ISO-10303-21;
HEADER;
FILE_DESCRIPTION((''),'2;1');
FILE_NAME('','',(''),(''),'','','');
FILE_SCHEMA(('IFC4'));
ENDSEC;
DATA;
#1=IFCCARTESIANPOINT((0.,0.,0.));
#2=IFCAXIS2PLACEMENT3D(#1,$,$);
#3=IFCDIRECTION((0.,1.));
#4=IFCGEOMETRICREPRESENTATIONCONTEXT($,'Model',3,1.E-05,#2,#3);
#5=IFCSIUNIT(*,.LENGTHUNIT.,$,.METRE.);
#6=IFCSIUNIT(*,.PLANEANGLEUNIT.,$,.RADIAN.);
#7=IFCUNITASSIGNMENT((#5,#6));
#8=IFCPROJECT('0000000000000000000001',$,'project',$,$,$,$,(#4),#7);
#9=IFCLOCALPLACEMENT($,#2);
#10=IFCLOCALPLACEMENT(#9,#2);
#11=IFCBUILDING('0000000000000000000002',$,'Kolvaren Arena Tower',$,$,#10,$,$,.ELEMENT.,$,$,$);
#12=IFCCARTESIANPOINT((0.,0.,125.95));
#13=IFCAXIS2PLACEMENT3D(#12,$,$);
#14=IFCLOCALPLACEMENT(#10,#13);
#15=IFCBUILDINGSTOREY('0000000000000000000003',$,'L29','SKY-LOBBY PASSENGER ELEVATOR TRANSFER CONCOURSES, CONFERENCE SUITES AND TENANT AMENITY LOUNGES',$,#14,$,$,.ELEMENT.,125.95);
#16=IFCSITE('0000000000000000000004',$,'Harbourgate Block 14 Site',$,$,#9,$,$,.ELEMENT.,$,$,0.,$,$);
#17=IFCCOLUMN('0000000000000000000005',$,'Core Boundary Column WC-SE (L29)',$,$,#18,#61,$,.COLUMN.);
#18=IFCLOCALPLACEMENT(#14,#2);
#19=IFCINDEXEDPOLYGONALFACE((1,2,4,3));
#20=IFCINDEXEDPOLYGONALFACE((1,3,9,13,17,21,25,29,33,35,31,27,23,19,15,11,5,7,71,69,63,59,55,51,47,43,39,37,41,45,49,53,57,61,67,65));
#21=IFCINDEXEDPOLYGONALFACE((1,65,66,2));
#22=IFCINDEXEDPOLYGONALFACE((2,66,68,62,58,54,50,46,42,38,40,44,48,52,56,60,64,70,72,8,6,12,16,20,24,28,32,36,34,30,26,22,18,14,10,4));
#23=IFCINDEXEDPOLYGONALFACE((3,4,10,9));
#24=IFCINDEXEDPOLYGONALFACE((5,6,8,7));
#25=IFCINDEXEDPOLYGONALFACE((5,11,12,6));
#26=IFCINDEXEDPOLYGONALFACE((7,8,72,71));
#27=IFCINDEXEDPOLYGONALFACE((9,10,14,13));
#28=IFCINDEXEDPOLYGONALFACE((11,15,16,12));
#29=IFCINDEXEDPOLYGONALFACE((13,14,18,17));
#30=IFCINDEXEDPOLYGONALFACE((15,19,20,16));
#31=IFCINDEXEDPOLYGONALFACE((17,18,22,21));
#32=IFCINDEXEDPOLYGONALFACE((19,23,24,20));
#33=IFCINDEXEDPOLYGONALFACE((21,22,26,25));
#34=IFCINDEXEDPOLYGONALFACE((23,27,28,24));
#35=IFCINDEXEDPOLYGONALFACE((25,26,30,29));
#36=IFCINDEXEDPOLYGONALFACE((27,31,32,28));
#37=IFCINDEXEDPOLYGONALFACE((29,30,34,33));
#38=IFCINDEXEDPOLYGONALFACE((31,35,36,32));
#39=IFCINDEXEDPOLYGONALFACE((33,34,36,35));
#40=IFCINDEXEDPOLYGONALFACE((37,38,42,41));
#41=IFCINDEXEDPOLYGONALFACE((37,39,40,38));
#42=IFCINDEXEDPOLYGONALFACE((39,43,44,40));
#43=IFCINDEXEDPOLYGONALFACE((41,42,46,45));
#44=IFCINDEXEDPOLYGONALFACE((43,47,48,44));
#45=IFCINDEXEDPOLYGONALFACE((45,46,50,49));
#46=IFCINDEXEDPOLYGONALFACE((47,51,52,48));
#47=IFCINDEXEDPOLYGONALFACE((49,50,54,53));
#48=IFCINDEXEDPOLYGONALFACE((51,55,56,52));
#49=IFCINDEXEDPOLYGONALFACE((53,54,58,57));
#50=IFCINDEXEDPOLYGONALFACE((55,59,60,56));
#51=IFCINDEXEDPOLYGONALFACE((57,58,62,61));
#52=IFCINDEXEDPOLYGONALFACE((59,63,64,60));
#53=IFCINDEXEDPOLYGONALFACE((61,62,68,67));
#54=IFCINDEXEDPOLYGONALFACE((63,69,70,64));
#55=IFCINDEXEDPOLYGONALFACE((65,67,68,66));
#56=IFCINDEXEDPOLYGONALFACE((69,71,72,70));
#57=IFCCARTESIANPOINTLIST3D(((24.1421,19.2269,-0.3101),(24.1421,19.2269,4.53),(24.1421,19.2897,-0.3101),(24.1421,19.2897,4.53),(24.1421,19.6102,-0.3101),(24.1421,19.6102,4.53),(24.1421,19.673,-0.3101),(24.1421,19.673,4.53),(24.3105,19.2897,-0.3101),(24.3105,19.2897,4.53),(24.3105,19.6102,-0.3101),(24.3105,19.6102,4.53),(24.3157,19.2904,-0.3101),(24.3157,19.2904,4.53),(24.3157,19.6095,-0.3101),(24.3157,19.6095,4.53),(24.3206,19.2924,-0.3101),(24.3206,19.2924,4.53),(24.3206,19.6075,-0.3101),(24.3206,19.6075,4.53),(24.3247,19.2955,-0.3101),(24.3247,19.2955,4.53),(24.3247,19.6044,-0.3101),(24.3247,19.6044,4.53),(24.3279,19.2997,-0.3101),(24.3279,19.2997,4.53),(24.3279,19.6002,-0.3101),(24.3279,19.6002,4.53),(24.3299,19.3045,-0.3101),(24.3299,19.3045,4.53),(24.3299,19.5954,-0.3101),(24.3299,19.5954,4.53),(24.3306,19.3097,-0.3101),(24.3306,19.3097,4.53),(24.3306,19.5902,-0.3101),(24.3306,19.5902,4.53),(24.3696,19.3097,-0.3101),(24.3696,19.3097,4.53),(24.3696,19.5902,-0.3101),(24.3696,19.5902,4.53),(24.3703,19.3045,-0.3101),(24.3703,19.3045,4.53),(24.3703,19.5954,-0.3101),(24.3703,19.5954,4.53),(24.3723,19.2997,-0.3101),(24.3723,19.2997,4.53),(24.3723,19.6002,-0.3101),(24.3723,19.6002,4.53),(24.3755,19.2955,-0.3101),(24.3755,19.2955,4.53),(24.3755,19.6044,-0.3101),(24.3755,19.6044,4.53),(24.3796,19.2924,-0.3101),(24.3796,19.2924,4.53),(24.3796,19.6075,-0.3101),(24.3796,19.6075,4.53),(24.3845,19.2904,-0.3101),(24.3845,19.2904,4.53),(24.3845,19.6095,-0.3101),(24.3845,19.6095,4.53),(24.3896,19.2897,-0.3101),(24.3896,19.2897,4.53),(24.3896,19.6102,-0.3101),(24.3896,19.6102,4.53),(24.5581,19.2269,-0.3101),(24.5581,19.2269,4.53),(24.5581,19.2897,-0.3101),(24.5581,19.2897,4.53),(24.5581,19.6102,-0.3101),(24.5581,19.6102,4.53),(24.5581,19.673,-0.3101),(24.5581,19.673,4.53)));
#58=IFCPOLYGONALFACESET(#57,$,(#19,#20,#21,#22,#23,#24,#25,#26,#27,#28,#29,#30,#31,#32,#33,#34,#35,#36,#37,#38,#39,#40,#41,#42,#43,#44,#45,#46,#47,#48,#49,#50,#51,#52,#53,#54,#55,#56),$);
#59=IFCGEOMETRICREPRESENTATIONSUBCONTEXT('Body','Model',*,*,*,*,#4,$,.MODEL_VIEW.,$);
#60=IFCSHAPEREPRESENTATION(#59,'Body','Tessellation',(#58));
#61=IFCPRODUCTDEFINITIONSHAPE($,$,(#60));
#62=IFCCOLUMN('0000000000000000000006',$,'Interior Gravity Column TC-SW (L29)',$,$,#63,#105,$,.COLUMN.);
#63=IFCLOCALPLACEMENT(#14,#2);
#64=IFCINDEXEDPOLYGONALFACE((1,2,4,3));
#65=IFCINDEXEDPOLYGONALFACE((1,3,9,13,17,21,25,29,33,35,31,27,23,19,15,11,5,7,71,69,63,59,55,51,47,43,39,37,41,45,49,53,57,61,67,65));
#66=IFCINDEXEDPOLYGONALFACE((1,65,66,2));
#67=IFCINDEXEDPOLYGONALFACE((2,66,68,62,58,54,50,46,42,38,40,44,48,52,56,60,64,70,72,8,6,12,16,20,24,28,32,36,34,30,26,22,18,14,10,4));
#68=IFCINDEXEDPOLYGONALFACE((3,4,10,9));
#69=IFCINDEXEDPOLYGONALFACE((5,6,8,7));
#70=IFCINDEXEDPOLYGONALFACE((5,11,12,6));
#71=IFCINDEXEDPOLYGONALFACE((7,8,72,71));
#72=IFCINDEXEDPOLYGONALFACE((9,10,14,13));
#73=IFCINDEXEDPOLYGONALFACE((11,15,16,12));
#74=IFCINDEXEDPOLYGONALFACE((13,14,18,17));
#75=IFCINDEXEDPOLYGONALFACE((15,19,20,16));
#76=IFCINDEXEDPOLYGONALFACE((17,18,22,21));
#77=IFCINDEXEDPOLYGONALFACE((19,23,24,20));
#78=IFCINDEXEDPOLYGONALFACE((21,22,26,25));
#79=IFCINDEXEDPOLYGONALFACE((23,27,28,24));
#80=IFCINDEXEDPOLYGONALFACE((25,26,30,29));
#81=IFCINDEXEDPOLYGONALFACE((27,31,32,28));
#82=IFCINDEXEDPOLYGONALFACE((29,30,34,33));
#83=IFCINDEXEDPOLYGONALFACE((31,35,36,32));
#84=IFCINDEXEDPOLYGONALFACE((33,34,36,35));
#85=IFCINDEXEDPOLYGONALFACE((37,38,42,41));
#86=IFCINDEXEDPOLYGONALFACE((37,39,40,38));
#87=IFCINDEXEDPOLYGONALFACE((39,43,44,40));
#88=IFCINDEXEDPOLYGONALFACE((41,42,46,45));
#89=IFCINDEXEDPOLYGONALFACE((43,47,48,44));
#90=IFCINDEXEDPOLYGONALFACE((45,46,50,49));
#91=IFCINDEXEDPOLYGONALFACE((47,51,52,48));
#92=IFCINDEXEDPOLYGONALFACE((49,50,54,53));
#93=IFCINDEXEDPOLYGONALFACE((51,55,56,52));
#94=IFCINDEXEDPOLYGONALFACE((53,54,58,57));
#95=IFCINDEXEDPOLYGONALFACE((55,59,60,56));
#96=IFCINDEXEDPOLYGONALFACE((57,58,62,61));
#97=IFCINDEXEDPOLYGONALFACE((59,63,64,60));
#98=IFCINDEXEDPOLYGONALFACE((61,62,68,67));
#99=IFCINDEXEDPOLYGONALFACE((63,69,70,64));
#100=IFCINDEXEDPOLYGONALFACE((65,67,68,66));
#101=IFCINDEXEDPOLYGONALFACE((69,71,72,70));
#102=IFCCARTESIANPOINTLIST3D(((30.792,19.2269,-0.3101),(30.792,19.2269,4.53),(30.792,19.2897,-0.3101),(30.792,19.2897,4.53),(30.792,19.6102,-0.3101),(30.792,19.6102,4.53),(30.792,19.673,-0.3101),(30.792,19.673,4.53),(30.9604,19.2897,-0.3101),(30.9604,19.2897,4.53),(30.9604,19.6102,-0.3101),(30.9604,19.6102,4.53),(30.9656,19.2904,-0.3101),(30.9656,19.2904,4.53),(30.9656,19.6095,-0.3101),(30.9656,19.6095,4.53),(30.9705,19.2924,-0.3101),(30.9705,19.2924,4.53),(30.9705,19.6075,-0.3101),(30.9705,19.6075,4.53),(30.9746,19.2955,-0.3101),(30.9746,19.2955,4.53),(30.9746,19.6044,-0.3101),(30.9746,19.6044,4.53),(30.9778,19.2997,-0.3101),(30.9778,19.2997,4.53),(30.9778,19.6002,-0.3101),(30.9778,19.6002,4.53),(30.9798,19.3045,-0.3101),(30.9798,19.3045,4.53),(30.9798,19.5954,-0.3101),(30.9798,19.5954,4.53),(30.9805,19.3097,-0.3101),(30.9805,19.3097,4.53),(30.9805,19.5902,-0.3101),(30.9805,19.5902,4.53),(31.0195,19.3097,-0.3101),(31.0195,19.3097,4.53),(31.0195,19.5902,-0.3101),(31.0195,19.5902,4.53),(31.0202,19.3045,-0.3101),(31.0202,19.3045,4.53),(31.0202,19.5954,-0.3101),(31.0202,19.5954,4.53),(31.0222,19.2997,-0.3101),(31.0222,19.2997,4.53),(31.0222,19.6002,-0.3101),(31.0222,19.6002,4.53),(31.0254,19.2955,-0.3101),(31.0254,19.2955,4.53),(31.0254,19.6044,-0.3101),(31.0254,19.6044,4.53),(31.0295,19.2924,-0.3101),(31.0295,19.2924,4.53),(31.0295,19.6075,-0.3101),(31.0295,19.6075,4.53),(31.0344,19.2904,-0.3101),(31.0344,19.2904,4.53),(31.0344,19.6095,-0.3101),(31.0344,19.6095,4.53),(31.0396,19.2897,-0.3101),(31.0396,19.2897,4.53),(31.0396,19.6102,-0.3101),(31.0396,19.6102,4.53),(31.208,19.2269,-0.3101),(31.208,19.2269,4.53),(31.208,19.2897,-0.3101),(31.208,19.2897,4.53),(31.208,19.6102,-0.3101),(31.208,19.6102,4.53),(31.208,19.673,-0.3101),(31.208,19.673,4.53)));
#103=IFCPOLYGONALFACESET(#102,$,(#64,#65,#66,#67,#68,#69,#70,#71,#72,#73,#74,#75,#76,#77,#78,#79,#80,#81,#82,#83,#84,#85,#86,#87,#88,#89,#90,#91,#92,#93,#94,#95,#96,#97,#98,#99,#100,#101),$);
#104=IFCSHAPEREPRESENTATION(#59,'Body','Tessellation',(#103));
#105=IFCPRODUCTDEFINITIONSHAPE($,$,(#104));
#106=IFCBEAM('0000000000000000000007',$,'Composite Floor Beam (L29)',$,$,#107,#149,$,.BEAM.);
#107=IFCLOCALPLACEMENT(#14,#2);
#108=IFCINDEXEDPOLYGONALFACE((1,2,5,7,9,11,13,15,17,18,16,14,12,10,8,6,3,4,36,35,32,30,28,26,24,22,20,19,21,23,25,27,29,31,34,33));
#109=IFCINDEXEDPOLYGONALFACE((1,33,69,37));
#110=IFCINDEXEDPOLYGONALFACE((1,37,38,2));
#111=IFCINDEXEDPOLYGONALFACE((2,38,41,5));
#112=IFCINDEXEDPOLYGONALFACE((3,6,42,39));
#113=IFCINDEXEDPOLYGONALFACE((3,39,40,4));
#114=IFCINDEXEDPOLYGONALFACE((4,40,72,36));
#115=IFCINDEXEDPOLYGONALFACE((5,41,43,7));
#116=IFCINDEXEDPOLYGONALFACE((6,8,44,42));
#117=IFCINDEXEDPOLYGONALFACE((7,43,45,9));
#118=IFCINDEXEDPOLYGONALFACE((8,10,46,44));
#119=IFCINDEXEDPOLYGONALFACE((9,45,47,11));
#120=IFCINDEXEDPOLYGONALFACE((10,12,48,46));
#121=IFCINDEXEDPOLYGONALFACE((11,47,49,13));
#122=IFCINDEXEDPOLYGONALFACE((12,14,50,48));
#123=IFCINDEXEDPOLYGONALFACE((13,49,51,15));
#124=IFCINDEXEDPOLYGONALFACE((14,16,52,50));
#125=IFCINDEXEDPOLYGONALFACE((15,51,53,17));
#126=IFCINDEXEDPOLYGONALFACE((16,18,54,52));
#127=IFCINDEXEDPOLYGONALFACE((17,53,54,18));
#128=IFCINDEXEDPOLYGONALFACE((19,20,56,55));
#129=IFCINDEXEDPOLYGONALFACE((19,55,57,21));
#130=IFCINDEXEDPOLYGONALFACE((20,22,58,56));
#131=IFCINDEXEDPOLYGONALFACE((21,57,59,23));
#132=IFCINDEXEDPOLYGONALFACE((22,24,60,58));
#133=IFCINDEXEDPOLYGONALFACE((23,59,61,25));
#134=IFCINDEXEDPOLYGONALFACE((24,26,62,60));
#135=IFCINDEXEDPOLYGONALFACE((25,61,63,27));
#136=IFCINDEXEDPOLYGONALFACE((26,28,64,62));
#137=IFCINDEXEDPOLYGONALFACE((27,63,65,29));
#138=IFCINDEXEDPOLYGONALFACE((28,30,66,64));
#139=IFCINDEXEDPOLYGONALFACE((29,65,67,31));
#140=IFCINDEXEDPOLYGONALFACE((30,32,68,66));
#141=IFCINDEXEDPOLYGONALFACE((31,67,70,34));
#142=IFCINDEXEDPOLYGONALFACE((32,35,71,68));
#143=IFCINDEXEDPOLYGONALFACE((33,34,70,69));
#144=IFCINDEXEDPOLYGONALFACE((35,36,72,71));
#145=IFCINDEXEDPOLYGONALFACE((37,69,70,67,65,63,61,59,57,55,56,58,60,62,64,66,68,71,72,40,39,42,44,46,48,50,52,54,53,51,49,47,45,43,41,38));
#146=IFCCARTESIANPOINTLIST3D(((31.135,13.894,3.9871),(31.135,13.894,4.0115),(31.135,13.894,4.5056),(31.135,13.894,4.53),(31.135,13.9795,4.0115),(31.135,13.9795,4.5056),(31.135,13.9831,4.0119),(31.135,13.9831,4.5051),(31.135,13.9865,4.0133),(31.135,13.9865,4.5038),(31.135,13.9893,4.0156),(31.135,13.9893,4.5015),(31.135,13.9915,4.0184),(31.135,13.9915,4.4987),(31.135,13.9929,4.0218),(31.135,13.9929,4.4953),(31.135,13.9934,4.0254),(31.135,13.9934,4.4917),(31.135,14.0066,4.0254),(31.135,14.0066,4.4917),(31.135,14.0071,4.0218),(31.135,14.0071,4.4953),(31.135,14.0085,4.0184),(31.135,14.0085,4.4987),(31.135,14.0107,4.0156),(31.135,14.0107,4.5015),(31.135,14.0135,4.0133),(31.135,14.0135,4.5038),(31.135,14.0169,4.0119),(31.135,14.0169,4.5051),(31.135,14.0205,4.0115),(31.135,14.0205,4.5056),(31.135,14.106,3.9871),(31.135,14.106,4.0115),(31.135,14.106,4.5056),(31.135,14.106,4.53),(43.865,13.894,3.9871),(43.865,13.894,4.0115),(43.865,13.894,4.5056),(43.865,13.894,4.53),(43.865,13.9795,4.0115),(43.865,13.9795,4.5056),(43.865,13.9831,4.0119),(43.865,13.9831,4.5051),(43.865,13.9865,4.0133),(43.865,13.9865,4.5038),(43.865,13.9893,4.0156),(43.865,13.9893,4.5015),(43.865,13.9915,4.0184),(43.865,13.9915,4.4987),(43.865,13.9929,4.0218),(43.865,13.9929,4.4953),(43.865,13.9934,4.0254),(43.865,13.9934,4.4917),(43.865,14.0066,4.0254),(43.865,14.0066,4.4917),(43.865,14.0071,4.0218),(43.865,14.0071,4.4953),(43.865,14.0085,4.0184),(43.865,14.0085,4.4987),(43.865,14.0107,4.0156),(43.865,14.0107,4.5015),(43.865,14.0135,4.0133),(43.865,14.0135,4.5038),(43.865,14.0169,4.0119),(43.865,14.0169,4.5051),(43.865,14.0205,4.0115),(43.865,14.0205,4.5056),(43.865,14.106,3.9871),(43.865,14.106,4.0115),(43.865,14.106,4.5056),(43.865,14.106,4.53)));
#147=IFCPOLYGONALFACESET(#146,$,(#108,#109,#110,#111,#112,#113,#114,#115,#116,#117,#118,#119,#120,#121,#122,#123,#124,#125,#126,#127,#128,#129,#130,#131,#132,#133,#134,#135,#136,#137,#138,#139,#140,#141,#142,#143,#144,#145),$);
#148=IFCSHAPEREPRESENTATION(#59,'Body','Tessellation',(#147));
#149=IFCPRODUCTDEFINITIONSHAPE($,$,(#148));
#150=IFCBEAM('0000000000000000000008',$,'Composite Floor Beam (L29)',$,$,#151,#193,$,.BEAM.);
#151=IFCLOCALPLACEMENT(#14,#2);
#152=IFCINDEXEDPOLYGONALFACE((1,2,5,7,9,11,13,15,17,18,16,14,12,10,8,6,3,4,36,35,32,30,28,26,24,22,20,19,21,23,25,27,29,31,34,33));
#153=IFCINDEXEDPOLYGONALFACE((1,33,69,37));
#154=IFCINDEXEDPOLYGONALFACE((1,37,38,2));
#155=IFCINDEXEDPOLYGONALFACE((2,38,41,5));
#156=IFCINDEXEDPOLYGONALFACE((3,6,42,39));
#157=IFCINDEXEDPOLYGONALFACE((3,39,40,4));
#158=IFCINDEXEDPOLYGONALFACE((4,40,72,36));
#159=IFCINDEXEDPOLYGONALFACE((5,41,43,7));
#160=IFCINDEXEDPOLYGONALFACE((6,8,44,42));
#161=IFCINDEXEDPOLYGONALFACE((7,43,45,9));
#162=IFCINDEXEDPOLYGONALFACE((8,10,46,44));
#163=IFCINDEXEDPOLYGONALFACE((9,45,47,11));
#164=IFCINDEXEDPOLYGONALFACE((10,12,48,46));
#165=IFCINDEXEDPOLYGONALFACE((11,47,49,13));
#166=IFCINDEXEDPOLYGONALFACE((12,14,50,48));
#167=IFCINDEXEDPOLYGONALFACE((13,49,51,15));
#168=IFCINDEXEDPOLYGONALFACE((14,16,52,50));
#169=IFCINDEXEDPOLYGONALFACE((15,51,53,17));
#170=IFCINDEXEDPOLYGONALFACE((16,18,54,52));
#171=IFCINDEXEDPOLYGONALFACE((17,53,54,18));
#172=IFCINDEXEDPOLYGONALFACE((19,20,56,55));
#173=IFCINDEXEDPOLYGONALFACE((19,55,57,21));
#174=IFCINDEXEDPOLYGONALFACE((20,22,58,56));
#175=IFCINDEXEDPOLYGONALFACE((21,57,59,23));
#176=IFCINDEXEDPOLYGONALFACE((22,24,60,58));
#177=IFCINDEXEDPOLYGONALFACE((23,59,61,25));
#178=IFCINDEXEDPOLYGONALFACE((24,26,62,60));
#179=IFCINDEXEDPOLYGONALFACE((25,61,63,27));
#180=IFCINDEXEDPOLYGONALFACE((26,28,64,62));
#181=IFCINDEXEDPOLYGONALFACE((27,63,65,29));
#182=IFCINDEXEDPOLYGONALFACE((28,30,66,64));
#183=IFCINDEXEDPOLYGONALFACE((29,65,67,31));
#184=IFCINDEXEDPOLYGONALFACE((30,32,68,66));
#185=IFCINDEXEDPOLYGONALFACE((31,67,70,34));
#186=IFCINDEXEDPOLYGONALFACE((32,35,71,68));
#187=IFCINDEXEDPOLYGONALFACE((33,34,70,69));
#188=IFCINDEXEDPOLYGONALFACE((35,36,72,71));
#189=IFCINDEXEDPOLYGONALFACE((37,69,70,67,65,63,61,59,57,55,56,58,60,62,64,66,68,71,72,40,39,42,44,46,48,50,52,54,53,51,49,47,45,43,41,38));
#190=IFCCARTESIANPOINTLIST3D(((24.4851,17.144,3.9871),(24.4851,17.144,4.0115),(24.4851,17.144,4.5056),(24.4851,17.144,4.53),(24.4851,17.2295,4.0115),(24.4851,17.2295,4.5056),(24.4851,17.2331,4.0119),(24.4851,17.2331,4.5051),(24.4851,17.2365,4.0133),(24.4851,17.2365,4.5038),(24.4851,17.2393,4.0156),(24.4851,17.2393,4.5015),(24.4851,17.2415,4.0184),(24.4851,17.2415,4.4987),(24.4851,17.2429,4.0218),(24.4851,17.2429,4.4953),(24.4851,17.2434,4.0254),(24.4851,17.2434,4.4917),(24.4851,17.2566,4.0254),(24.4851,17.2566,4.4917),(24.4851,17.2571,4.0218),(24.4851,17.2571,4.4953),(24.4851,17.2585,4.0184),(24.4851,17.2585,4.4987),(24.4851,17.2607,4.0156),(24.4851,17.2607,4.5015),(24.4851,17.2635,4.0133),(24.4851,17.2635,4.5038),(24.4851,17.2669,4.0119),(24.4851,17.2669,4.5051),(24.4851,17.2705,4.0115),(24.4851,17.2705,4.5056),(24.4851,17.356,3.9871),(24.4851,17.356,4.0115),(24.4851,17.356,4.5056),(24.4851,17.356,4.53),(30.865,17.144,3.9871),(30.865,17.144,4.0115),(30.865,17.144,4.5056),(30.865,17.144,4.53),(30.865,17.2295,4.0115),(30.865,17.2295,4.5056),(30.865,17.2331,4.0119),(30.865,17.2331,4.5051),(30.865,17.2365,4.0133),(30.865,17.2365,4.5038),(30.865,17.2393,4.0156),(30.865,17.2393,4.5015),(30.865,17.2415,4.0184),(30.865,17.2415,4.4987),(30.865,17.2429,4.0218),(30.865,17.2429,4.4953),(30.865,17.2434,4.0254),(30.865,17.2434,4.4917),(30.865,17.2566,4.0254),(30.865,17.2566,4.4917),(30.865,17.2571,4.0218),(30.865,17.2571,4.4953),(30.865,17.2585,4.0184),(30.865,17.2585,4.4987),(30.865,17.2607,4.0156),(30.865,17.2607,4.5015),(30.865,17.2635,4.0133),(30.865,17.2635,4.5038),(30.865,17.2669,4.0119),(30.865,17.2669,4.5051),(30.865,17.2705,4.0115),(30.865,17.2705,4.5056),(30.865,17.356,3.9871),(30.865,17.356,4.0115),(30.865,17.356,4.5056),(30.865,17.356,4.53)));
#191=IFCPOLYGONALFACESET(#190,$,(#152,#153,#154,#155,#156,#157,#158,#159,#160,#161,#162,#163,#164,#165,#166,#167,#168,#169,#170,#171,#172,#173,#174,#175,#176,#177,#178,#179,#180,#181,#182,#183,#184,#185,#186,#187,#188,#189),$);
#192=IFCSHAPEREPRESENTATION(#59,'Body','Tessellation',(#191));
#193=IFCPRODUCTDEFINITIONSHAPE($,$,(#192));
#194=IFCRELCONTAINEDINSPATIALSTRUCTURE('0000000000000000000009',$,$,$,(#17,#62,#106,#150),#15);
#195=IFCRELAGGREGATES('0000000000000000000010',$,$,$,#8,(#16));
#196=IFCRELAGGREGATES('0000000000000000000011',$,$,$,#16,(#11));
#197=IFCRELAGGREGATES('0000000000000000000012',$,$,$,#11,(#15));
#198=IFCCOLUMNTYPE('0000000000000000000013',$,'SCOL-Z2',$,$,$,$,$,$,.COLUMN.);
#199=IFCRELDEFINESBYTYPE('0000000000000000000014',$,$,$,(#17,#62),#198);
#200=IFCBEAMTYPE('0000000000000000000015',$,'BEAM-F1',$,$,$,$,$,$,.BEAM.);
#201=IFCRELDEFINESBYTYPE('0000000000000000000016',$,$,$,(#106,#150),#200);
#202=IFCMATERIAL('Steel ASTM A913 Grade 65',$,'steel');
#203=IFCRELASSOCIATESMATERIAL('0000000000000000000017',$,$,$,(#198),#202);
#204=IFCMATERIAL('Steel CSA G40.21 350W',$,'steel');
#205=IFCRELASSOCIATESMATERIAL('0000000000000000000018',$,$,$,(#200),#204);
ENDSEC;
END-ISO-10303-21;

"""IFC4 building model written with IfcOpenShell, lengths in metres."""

from ifc_helpers import new_model, si_unit, direction, frame, origin, origin_2d, place, context, subcontext, project, spatial, i_section, extrude, material, material_profile, profile_set, type_object, element, save


model = new_model("IFC4")

# Units and contexts
model_context = context("Model", 3, precision=1e-05, world=origin(), true_north=direction((0.0, 1.0)))
body_context = subcontext(model_context, "Body", "Model", "MODEL_VIEW")
ifc_project = project(units=[si_unit("LENGTHUNIT", "METRE"), si_unit("PLANEANGLEUNIT", "RADIAN")], contexts=[model_context])

# Site, building, storey
site_placement = place(None, origin())
site = spatial("IfcSite", under=ifc_project, at=site_placement, Name="Harbourgate Block 14 Site", CompositionType="ELEMENT", RefElevation=0.0)
building_placement = place(site_placement, origin())
building = spatial("IfcBuilding", under=site, at=building_placement, Name="Kolvaren Arena Tower", CompositionType="ELEMENT")
storey_placement = place(building_placement, frame((0.0, 0.0, 125.95)))
storey = spatial("IfcBuildingStorey", under=building, at=storey_placement, Name="L29", Description="SKY-LOBBY PASSENGER ELEVATOR TRANSFER CONCOURSES, CONFERENCE SUITES AND TENANT AMENITY LOUNGES", CompositionType="ELEMENT", Elevation=125.95)

# Columns
ifc_material_1 = material(Name="Steel ASTM A913 Grade 65", Category="steel")
ifc_material_profile_1 = material_profile(ifc_material_1, i_section(OverallWidth=0.416, OverallDepth=0.446, WebThickness=0.0391, FlangeThickness=0.0627, FilletRadius=0.02, at=origin_2d()), Name="W360x509")
ifc_profile_set_1 = profile_set([ifc_material_profile_1], Name="Steel ASTM A913 Grade 65")
column_type = type_object("IfcColumnType", Name="SCOL-Z2", PredefinedType="COLUMN", material=ifc_profile_set_1)
for number, where, z_axis, x_axis, name in (
    (1, (24.3501, 19.45, -0.3101), (0.0, 0.0, 1.0), (1.0, 0.0, 0.0), "Core Boundary Column WC-SE (L29)"),
    (2, (31.0, 19.45, -0.3101), (0.0, 0.0, 1.0), (1.0, 0.0, 0.0), "Interior Gravity Column TC-SW (L29)"),
):
    element("IfcColumn", number, at=place(storey_placement, frame(where, z_axis=z_axis, x_axis=x_axis)), inside=storey, type_object=column_type, Name=name, PredefinedType="COLUMN", context=body_context, shape_type="SweptSolid", body=[
        extrude(i_section(OverallWidth=0.416, OverallDepth=0.446, WebThickness=0.0391, FlangeThickness=0.0627, FilletRadius=0.02, at=origin_2d()), origin(), (0.0, 0.0, 1.0), 4.8401),
    ])

# Beams
ifc_material_2 = material(Name="Steel CSA G40.21 350W", Category="steel")
ifc_material_profile_2 = material_profile(ifc_material_2, i_section(OverallWidth=0.2119, OverallDepth=0.543, WebThickness=0.0132, FlangeThickness=0.0244, FilletRadius=0.0139, at=origin_2d()), Name="W530x150")
ifc_profile_set_2 = profile_set([ifc_material_profile_2], Name="Steel CSA G40.21 350W")
beam_type_1 = type_object("IfcBeamType", Name="BEAM-F1", PredefinedType="BEAM", material=ifc_profile_set_2)
beam_1_placement = place(storey_placement, frame((31.135, 14.0, 4.2585), z_axis=(1.0, 0.0, 0.0), x_axis=(0.0, 1.0, 0.0)))
element("IfcBeam", 3, at=beam_1_placement, inside=storey, type_object=beam_type_1, Name="Composite Floor Beam (L29)", PredefinedType="BEAM", context=body_context, shape_type="SweptSolid", body=[
    extrude(i_section(OverallWidth=0.2119, OverallDepth=0.543, WebThickness=0.0132, FlangeThickness=0.0244, FilletRadius=0.0139, at=origin_2d()), origin(), (0.0, 0.0, 1.0), 12.73),
])
beam_2_placement = place(storey_placement, frame((24.4851, 17.25, 4.2585), z_axis=(1.0, 0.0, 0.0), x_axis=(0.0, 1.0, 0.0)))
element("IfcBeam", 4, at=beam_2_placement, inside=storey, type_object=beam_type_1, Name="Composite Floor Beam (L29)", PredefinedType="BEAM", context=body_context, shape_type="SweptSolid", body=[
    extrude(i_section(OverallWidth=0.2119, OverallDepth=0.543, WebThickness=0.0132, FlangeThickness=0.0244, FilletRadius=0.0139, at=origin_2d()), origin(), (0.0, 0.0, 1.0), 6.3799),
])

save(model, "model.ifc")
